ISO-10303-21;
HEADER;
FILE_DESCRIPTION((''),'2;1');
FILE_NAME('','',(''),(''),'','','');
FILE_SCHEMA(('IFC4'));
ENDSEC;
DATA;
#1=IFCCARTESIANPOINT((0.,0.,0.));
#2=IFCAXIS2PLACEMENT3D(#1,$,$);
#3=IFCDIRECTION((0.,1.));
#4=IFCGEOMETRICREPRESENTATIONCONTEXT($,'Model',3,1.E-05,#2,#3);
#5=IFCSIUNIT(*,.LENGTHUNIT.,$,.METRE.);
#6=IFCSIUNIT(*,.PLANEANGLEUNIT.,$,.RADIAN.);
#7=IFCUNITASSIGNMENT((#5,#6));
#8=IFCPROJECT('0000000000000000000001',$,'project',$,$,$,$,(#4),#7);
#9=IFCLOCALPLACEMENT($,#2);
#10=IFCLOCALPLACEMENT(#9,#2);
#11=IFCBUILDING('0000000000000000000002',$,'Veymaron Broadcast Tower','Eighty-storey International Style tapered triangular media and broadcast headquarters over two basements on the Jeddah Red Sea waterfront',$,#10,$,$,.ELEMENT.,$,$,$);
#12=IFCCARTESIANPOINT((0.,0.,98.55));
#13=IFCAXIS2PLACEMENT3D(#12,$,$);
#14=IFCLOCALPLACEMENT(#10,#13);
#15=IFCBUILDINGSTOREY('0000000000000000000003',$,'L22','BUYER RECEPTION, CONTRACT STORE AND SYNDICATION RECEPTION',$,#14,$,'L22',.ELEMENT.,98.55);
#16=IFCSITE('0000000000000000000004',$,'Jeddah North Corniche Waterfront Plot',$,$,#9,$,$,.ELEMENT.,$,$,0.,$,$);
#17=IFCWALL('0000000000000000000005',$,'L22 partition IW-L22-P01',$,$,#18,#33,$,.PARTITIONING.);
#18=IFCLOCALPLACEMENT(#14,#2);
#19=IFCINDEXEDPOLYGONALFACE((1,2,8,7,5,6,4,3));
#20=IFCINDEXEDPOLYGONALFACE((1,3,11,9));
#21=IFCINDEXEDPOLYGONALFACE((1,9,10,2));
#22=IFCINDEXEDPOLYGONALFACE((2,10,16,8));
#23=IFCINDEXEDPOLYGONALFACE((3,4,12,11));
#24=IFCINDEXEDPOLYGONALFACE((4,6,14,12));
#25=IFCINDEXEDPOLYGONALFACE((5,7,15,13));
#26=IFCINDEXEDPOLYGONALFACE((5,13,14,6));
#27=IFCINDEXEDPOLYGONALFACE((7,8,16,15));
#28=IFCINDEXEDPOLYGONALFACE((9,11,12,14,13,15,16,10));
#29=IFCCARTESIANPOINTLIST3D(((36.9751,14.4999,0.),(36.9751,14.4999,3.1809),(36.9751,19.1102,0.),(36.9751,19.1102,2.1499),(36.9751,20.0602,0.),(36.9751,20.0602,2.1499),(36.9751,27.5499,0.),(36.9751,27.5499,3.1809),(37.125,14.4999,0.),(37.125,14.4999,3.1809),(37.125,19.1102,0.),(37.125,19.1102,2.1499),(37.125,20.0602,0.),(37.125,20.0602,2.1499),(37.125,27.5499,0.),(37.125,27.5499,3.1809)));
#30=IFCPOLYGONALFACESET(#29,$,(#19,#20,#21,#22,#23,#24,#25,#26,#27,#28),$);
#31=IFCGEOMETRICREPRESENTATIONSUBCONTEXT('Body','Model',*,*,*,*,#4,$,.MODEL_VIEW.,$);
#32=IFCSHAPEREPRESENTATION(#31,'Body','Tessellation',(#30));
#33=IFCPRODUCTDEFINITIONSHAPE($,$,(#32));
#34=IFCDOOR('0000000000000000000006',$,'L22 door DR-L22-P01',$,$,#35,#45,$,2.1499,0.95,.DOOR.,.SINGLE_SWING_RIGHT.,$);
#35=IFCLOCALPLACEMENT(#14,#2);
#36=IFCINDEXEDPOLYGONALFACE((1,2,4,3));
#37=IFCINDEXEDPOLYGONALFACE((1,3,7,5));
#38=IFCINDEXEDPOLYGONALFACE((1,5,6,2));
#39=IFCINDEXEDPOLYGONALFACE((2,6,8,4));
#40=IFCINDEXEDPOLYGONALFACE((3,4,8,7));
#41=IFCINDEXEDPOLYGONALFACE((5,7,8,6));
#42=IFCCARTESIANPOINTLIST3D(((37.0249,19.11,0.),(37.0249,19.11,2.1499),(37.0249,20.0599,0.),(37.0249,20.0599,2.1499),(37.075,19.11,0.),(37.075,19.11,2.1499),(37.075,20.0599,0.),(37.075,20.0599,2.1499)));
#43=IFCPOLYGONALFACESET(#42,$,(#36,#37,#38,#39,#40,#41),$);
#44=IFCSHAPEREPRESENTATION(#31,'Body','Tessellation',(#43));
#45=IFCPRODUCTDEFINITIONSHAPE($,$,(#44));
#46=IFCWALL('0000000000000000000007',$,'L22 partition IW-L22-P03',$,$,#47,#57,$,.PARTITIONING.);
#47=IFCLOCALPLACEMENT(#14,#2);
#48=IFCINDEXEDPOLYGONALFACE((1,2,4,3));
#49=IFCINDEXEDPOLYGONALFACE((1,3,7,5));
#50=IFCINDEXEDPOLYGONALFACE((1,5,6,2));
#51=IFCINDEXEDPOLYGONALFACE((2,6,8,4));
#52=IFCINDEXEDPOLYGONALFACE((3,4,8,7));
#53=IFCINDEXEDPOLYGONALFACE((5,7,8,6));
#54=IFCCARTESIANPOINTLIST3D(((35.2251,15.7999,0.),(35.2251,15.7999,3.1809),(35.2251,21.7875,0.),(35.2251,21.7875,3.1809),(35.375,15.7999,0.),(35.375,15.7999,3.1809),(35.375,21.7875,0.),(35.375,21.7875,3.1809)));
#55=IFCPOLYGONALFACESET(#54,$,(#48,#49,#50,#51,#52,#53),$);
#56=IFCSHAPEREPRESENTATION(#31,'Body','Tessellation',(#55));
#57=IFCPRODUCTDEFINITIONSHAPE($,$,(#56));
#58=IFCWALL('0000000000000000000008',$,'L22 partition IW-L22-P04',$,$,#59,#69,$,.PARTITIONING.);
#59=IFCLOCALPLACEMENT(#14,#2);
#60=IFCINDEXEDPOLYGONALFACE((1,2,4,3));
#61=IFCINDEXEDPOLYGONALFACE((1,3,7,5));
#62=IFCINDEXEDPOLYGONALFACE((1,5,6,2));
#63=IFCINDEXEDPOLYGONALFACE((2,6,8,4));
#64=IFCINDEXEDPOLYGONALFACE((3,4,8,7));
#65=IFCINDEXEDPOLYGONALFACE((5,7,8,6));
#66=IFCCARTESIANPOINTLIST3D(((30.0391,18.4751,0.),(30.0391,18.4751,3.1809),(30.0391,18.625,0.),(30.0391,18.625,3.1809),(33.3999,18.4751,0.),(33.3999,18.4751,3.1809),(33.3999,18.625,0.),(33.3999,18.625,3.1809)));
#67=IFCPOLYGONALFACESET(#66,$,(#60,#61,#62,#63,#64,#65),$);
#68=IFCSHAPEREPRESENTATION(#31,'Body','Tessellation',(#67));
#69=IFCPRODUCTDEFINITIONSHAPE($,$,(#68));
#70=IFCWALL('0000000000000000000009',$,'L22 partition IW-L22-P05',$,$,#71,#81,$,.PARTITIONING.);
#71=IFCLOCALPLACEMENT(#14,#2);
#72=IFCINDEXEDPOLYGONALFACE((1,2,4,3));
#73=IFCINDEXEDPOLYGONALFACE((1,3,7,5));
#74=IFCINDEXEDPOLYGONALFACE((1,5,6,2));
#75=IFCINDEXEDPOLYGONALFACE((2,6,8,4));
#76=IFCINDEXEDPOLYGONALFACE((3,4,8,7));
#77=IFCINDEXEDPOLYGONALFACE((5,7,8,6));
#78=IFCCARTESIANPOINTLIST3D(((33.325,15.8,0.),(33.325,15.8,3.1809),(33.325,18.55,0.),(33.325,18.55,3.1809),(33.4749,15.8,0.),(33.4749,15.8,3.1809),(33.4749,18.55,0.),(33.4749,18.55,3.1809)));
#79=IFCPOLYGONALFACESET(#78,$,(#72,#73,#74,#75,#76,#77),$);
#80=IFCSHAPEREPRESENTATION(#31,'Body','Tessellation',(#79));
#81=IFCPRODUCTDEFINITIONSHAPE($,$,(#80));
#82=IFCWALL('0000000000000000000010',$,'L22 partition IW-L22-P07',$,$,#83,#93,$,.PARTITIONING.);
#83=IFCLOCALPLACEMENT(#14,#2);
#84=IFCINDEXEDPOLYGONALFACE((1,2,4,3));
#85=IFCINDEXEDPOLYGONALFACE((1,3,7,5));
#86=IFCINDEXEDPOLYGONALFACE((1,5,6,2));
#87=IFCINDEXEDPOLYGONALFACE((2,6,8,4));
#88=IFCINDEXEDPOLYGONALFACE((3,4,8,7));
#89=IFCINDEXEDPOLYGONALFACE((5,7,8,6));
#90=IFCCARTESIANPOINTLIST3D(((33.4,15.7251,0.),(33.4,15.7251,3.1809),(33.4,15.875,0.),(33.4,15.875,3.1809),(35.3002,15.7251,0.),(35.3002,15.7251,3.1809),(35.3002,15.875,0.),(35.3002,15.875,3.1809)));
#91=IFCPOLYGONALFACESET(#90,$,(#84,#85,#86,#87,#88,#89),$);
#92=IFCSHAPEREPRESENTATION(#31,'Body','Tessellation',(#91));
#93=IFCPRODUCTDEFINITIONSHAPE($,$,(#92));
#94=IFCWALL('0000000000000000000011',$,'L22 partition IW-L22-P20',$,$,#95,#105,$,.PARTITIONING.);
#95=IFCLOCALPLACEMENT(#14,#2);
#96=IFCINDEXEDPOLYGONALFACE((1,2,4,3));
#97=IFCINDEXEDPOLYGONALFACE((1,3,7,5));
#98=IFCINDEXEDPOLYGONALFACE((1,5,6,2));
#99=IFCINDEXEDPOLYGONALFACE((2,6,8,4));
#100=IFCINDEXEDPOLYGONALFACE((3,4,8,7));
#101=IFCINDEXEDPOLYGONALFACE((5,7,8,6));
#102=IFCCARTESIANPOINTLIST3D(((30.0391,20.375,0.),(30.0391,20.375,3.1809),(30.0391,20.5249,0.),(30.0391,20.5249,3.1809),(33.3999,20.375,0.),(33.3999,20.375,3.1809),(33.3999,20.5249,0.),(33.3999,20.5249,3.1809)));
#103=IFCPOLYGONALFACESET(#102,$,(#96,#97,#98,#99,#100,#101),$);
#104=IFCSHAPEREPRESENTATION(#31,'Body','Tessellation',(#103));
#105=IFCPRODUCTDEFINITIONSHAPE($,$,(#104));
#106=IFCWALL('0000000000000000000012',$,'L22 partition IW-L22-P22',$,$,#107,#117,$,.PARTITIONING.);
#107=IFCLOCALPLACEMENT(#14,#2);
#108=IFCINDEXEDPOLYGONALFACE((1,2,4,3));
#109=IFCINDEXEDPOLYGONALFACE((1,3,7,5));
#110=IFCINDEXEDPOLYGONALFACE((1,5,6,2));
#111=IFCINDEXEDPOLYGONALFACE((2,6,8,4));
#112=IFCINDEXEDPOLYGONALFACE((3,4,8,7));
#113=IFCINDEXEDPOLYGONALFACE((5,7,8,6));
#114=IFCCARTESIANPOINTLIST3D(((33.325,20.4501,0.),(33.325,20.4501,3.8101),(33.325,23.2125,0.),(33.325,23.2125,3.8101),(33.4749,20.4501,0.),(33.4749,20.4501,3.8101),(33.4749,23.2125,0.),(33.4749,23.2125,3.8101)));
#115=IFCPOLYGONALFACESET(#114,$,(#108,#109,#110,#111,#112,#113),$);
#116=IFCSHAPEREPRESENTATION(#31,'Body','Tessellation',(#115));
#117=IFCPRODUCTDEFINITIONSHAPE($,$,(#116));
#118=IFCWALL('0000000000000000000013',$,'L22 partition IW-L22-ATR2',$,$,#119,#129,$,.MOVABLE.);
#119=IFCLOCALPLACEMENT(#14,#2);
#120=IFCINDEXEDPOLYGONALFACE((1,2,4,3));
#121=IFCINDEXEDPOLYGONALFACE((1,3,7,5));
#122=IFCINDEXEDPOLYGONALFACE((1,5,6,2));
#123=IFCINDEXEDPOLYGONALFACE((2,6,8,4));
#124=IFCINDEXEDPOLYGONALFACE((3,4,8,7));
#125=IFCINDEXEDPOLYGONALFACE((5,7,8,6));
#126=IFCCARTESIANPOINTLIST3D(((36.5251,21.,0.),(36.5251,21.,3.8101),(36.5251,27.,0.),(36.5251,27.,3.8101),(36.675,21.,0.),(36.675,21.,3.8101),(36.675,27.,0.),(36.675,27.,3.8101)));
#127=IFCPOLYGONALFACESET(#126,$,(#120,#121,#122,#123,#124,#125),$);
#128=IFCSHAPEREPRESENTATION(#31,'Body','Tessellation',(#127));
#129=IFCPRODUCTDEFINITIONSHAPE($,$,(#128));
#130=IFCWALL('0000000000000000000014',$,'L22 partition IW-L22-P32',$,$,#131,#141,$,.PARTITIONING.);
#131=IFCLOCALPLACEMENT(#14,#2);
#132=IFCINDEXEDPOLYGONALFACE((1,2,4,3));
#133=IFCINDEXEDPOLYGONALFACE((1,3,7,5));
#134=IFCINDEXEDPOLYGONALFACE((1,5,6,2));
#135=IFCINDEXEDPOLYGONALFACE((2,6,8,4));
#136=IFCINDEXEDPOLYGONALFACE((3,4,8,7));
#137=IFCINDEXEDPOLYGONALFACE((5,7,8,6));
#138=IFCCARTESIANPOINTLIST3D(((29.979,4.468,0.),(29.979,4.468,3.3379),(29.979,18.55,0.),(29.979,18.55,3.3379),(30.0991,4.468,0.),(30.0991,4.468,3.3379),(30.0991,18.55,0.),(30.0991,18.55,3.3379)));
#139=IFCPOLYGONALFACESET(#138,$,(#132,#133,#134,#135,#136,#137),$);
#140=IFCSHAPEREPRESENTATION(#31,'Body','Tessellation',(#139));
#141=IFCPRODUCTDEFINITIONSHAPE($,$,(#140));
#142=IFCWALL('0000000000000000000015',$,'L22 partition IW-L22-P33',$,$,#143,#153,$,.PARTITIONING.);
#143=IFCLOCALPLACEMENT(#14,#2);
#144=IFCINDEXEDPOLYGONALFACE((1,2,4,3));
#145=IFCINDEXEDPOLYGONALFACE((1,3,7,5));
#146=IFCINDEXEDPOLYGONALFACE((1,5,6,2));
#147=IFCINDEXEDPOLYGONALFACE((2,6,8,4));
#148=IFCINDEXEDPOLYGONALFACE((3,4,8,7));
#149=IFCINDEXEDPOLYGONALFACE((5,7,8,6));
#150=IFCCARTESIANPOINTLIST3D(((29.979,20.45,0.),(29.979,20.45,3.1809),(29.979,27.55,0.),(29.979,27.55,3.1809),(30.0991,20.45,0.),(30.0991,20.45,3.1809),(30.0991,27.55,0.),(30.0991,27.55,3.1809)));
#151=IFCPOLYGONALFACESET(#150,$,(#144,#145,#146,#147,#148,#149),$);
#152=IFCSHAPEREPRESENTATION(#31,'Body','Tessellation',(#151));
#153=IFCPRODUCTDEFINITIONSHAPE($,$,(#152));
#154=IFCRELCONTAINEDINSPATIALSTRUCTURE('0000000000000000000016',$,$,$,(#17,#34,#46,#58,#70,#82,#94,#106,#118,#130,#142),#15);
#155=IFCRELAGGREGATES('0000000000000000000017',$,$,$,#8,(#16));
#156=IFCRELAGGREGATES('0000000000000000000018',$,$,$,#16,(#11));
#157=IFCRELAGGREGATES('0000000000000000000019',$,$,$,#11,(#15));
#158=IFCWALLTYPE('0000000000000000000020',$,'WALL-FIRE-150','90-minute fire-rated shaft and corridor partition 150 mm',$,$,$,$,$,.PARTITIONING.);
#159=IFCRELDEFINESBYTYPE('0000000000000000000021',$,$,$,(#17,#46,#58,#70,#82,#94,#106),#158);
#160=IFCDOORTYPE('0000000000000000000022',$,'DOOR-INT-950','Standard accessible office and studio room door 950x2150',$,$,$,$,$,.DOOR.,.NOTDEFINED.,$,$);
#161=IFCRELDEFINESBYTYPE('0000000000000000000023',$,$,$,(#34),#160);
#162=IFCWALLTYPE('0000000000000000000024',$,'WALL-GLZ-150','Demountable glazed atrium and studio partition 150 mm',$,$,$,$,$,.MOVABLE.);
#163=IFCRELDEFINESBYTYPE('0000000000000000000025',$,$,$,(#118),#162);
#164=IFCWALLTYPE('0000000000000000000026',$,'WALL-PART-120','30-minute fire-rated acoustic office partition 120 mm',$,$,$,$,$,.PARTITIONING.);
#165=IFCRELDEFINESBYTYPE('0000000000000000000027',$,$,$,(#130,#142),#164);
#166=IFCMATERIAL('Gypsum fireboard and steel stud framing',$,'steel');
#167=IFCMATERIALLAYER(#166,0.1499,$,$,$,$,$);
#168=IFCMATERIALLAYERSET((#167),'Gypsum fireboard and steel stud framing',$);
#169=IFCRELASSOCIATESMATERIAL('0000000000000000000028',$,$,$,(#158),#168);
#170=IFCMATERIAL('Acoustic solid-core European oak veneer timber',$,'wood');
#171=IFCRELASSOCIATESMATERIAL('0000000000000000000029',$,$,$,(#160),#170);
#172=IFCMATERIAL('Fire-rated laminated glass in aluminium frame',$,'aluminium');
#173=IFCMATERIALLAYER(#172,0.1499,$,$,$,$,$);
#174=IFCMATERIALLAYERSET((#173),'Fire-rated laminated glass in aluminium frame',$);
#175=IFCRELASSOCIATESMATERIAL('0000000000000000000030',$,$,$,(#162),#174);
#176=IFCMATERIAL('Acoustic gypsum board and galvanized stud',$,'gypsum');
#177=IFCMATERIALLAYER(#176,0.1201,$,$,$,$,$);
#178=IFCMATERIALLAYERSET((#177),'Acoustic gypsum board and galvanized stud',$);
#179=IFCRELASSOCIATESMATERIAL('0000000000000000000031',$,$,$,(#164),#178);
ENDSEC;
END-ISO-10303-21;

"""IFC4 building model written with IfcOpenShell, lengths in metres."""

from ifc_helpers import new_model, si_unit, direction, frame, frame_2d, origin, place, context, subcontext, project, spatial, rectangle, extrude, material, layer, layer_set, type_object, element, fill, save


model = new_model("IFC4")

# Units and contexts
model_context = context("Model", 3, precision=1e-05, world=origin(), true_north=direction((0.0, 1.0)))
body_context = subcontext(model_context, "Body", "Model", "MODEL_VIEW")
ifc_project = project(units=[si_unit("LENGTHUNIT", "METRE"), si_unit("PLANEANGLEUNIT", "RADIAN")], contexts=[model_context])

# Site, building, storey
site_placement = place(None, origin())
site = spatial("IfcSite", under=ifc_project, at=site_placement, Name="Jeddah North Corniche Waterfront Plot", CompositionType="ELEMENT", RefElevation=0.0)
building_placement = place(site_placement, origin())
building = spatial("IfcBuilding", under=site, at=building_placement, Name="Veymaron Broadcast Tower", Description="Eighty-storey International Style tapered triangular media and broadcast headquarters over two basements on the Jeddah Red Sea waterfront", CompositionType="ELEMENT")
storey_placement = place(building_placement, frame((0.0, 0.0, 98.55)))
storey = spatial("IfcBuildingStorey", under=building, at=storey_placement, Name="L22", Description="BUYER RECEPTION, CONTRACT STORE AND SYNDICATION RECEPTION", LongName="L22", CompositionType="ELEMENT", Elevation=98.55)

# Wall, opening, door
ifc_material_1 = material(Name="Gypsum fireboard and steel stud framing", Category="steel")
ifc_layer_1 = layer(ifc_material_1, 0.1499)
ifc_layer_set_1 = layer_set([ifc_layer_1], Name="Gypsum fireboard and steel stud framing")
wall_type_1 = type_object("IfcWallType", Name="WALL-FIRE-150", Description="90-minute fire-rated shaft and corridor partition 150 mm", PredefinedType="PARTITIONING", material=ifc_layer_set_1)
wall_1_placement = place(storey_placement, frame((37.05, 14.5, 0.0), z_axis=(0.0, 0.0, 1.0), x_axis=(0.0, 1.0, 0.0)))
wall_1 = element("IfcWall", 1, at=wall_1_placement, inside=storey, type_object=wall_type_1, Name="L22 partition IW-L22-P01", PredefinedType="PARTITIONING", context=body_context, shape_type="SweptSolid", body=[
    extrude(rectangle(XDim=13.05, YDim=0.1499, at=frame_2d((6.5249, 0.0))), origin(), (0.0, 0.0, 1.0), 3.1809),
])
opening_placement = place(wall_1_placement, frame((4.6101, 0.0, 0.0)))
opening = element("IfcOpeningElement", 2, at=opening_placement, cuts=wall_1, PredefinedType="OPENING", context=body_context, shape_type="SweptSolid", body=[
    extrude(rectangle(XDim=0.95, YDim=2.1499, at=frame_2d((0.4751, 1.075))), frame((0.0, 0.085, 0.0), z_axis=(0.0, -1.0, 0.0), x_axis=(1.0, 0.0, 0.0)), (0.0, 0.0, 1.0), 0.1699),
])
ifc_material_2 = material(Name="Acoustic solid-core European oak veneer timber", Category="wood")
door_type = type_object("IfcDoorType", Name="DOOR-INT-950", Description="Standard accessible office and studio room door 950x2150", OperationType="NOTDEFINED", PredefinedType="DOOR", material=ifc_material_2)
door_placement = place(opening_placement, frame((0.95, 0.0, 0.0), z_axis=(0.0, 0.0, 1.0), x_axis=(-1.0, 0.0, 0.0)))
door = element("IfcDoor", 3, at=door_placement, inside=storey, type_object=door_type, Name="L22 door DR-L22-P01", OperationType="SINGLE_SWING_RIGHT", OverallHeight=2.1499, OverallWidth=0.95, PredefinedType="DOOR", context=body_context, shape_type="SweptSolid", body=[
    extrude(rectangle(XDim=0.95, YDim=2.1499, at=frame_2d((0.4751, 1.075))), frame((0.0, 0.0249, 0.0), z_axis=(0.0, -1.0, 0.0), x_axis=(1.0, 0.0, 0.0)), (0.0, 0.0, 1.0), 0.05),
])
fill(opening, door)

# Walls
wall_2_placement = place(storey_placement, frame((35.3, 15.8, 0.0), z_axis=(0.0, 0.0, 1.0), x_axis=(0.0, 1.0, 0.0)))
element("IfcWall", 4, at=wall_2_placement, inside=storey, type_object=wall_type_1, Name="L22 partition IW-L22-P03", PredefinedType="PARTITIONING", context=body_context, shape_type="SweptSolid", body=[
    extrude(rectangle(XDim=5.9875, YDim=0.1499, at=frame_2d((2.9937, 0.0))), origin(), (0.0, 0.0, 1.0), 3.1809),
])
wall_3_placement = place(storey_placement, frame((30.0391, 18.55, 0.0), z_axis=(0.0, 0.0, 1.0), x_axis=(1.0, 0.0, 0.0)))
element("IfcWall", 5, at=wall_3_placement, inside=storey, type_object=wall_type_1, Name="L22 partition IW-L22-P04", PredefinedType="PARTITIONING", context=body_context, shape_type="SweptSolid", body=[
    extrude(rectangle(XDim=3.3608, YDim=0.1499, at=frame_2d((1.6804, 0.0))), origin(), (0.0, 0.0, 1.0), 3.1809),
])
wall_4_placement = place(storey_placement, frame((33.3999, 15.8, 0.0), z_axis=(0.0, 0.0, 1.0), x_axis=(0.0, 1.0, 0.0)))
element("IfcWall", 6, at=wall_4_placement, inside=storey, type_object=wall_type_1, Name="L22 partition IW-L22-P05", PredefinedType="PARTITIONING", context=body_context, shape_type="SweptSolid", body=[
    extrude(rectangle(XDim=2.75, YDim=0.1499, at=frame_2d((1.375, 0.0))), origin(), (0.0, 0.0, 1.0), 3.1809),
])
wall_5_placement = place(storey_placement, frame((33.3999, 15.8, 0.0), z_axis=(0.0, 0.0, 1.0), x_axis=(1.0, 0.0, 0.0)))
element("IfcWall", 7, at=wall_5_placement, inside=storey, type_object=wall_type_1, Name="L22 partition IW-L22-P07", PredefinedType="PARTITIONING", context=body_context, shape_type="SweptSolid", body=[
    extrude(rectangle(XDim=1.9001, YDim=0.1499, at=frame_2d((0.9502, 0.0))), origin(), (0.0, 0.0, 1.0), 3.1809),
])
wall_6_placement = place(storey_placement, frame((30.0391, 20.45, 0.0), z_axis=(0.0, 0.0, 1.0), x_axis=(1.0, 0.0, 0.0)))
element("IfcWall", 8, at=wall_6_placement, inside=storey, type_object=wall_type_1, Name="L22 partition IW-L22-P20", PredefinedType="PARTITIONING", context=body_context, shape_type="SweptSolid", body=[
    extrude(rectangle(XDim=3.3608, YDim=0.1499, at=frame_2d((1.6804, 0.0))), origin(), (0.0, 0.0, 1.0), 3.1809),
])
wall_7_placement = place(storey_placement, frame((33.3999, 20.45, 0.0), z_axis=(0.0, 0.0, 1.0), x_axis=(0.0, 1.0, 0.0)))
element("IfcWall", 9, at=wall_7_placement, inside=storey, type_object=wall_type_1, Name="L22 partition IW-L22-P22", PredefinedType="PARTITIONING", context=body_context, shape_type="SweptSolid", body=[
    extrude(rectangle(XDim=2.7625, YDim=0.1499, at=frame_2d((1.3813, 0.0))), origin(), (0.0, 0.0, 1.0), 3.8101),
])
ifc_material_3 = material(Name="Fire-rated laminated glass in aluminium frame", Category="aluminium")
ifc_layer_2 = layer(ifc_material_3, 0.1499)
ifc_layer_set_2 = layer_set([ifc_layer_2], Name="Fire-rated laminated glass in aluminium frame")
wall_type_2 = type_object("IfcWallType", Name="WALL-GLZ-150", Description="Demountable glazed atrium and studio partition 150 mm", PredefinedType="MOVABLE", material=ifc_layer_set_2)
wall_8_placement = place(storey_placement, frame((36.6001, 21.0, 0.0), z_axis=(0.0, 0.0, 1.0), x_axis=(0.0, 1.0, 0.0)))
element("IfcWall", 10, at=wall_8_placement, inside=storey, type_object=wall_type_2, Name="L22 partition IW-L22-ATR2", PredefinedType="MOVABLE", context=body_context, shape_type="SweptSolid", body=[
    extrude(rectangle(XDim=6.0, YDim=0.1499, at=frame_2d((3.0, 0.0))), origin(), (0.0, 0.0, 1.0), 3.8101),
])
ifc_material_4 = material(Name="Acoustic gypsum board and galvanized stud", Category="gypsum")
ifc_layer_3 = layer(ifc_material_4, 0.1201)
ifc_layer_set_3 = layer_set([ifc_layer_3], Name="Acoustic gypsum board and galvanized stud")
wall_type_3 = type_object("IfcWallType", Name="WALL-PART-120", Description="30-minute fire-rated acoustic office partition 120 mm", PredefinedType="PARTITIONING", material=ifc_layer_set_3)
wall_9_placement = place(storey_placement, frame((30.0391, 4.468, 0.0), z_axis=(0.0, 0.0, 1.0), x_axis=(0.0, 1.0, 0.0)))
element("IfcWall", 11, at=wall_9_placement, inside=storey, type_object=wall_type_3, Name="L22 partition IW-L22-P32", PredefinedType="PARTITIONING", context=body_context, shape_type="SweptSolid", body=[
    extrude(rectangle(XDim=14.082, YDim=0.1201, at=frame_2d((7.041, 0.0))), origin(), (0.0, 0.0, 1.0), 3.3379),
])
wall_10_placement = place(storey_placement, frame((30.0391, 20.45, 0.0), z_axis=(0.0, 0.0, 1.0), x_axis=(0.0, 1.0, 0.0)))
element("IfcWall", 12, at=wall_10_placement, inside=storey, type_object=wall_type_3, Name="L22 partition IW-L22-P33", PredefinedType="PARTITIONING", context=body_context, shape_type="SweptSolid", body=[
    extrude(rectangle(XDim=7.1001, YDim=0.1201, at=frame_2d((3.55, 0.0))), origin(), (0.0, 0.0, 1.0), 3.1809),
])

save(model, "model.ifc")
